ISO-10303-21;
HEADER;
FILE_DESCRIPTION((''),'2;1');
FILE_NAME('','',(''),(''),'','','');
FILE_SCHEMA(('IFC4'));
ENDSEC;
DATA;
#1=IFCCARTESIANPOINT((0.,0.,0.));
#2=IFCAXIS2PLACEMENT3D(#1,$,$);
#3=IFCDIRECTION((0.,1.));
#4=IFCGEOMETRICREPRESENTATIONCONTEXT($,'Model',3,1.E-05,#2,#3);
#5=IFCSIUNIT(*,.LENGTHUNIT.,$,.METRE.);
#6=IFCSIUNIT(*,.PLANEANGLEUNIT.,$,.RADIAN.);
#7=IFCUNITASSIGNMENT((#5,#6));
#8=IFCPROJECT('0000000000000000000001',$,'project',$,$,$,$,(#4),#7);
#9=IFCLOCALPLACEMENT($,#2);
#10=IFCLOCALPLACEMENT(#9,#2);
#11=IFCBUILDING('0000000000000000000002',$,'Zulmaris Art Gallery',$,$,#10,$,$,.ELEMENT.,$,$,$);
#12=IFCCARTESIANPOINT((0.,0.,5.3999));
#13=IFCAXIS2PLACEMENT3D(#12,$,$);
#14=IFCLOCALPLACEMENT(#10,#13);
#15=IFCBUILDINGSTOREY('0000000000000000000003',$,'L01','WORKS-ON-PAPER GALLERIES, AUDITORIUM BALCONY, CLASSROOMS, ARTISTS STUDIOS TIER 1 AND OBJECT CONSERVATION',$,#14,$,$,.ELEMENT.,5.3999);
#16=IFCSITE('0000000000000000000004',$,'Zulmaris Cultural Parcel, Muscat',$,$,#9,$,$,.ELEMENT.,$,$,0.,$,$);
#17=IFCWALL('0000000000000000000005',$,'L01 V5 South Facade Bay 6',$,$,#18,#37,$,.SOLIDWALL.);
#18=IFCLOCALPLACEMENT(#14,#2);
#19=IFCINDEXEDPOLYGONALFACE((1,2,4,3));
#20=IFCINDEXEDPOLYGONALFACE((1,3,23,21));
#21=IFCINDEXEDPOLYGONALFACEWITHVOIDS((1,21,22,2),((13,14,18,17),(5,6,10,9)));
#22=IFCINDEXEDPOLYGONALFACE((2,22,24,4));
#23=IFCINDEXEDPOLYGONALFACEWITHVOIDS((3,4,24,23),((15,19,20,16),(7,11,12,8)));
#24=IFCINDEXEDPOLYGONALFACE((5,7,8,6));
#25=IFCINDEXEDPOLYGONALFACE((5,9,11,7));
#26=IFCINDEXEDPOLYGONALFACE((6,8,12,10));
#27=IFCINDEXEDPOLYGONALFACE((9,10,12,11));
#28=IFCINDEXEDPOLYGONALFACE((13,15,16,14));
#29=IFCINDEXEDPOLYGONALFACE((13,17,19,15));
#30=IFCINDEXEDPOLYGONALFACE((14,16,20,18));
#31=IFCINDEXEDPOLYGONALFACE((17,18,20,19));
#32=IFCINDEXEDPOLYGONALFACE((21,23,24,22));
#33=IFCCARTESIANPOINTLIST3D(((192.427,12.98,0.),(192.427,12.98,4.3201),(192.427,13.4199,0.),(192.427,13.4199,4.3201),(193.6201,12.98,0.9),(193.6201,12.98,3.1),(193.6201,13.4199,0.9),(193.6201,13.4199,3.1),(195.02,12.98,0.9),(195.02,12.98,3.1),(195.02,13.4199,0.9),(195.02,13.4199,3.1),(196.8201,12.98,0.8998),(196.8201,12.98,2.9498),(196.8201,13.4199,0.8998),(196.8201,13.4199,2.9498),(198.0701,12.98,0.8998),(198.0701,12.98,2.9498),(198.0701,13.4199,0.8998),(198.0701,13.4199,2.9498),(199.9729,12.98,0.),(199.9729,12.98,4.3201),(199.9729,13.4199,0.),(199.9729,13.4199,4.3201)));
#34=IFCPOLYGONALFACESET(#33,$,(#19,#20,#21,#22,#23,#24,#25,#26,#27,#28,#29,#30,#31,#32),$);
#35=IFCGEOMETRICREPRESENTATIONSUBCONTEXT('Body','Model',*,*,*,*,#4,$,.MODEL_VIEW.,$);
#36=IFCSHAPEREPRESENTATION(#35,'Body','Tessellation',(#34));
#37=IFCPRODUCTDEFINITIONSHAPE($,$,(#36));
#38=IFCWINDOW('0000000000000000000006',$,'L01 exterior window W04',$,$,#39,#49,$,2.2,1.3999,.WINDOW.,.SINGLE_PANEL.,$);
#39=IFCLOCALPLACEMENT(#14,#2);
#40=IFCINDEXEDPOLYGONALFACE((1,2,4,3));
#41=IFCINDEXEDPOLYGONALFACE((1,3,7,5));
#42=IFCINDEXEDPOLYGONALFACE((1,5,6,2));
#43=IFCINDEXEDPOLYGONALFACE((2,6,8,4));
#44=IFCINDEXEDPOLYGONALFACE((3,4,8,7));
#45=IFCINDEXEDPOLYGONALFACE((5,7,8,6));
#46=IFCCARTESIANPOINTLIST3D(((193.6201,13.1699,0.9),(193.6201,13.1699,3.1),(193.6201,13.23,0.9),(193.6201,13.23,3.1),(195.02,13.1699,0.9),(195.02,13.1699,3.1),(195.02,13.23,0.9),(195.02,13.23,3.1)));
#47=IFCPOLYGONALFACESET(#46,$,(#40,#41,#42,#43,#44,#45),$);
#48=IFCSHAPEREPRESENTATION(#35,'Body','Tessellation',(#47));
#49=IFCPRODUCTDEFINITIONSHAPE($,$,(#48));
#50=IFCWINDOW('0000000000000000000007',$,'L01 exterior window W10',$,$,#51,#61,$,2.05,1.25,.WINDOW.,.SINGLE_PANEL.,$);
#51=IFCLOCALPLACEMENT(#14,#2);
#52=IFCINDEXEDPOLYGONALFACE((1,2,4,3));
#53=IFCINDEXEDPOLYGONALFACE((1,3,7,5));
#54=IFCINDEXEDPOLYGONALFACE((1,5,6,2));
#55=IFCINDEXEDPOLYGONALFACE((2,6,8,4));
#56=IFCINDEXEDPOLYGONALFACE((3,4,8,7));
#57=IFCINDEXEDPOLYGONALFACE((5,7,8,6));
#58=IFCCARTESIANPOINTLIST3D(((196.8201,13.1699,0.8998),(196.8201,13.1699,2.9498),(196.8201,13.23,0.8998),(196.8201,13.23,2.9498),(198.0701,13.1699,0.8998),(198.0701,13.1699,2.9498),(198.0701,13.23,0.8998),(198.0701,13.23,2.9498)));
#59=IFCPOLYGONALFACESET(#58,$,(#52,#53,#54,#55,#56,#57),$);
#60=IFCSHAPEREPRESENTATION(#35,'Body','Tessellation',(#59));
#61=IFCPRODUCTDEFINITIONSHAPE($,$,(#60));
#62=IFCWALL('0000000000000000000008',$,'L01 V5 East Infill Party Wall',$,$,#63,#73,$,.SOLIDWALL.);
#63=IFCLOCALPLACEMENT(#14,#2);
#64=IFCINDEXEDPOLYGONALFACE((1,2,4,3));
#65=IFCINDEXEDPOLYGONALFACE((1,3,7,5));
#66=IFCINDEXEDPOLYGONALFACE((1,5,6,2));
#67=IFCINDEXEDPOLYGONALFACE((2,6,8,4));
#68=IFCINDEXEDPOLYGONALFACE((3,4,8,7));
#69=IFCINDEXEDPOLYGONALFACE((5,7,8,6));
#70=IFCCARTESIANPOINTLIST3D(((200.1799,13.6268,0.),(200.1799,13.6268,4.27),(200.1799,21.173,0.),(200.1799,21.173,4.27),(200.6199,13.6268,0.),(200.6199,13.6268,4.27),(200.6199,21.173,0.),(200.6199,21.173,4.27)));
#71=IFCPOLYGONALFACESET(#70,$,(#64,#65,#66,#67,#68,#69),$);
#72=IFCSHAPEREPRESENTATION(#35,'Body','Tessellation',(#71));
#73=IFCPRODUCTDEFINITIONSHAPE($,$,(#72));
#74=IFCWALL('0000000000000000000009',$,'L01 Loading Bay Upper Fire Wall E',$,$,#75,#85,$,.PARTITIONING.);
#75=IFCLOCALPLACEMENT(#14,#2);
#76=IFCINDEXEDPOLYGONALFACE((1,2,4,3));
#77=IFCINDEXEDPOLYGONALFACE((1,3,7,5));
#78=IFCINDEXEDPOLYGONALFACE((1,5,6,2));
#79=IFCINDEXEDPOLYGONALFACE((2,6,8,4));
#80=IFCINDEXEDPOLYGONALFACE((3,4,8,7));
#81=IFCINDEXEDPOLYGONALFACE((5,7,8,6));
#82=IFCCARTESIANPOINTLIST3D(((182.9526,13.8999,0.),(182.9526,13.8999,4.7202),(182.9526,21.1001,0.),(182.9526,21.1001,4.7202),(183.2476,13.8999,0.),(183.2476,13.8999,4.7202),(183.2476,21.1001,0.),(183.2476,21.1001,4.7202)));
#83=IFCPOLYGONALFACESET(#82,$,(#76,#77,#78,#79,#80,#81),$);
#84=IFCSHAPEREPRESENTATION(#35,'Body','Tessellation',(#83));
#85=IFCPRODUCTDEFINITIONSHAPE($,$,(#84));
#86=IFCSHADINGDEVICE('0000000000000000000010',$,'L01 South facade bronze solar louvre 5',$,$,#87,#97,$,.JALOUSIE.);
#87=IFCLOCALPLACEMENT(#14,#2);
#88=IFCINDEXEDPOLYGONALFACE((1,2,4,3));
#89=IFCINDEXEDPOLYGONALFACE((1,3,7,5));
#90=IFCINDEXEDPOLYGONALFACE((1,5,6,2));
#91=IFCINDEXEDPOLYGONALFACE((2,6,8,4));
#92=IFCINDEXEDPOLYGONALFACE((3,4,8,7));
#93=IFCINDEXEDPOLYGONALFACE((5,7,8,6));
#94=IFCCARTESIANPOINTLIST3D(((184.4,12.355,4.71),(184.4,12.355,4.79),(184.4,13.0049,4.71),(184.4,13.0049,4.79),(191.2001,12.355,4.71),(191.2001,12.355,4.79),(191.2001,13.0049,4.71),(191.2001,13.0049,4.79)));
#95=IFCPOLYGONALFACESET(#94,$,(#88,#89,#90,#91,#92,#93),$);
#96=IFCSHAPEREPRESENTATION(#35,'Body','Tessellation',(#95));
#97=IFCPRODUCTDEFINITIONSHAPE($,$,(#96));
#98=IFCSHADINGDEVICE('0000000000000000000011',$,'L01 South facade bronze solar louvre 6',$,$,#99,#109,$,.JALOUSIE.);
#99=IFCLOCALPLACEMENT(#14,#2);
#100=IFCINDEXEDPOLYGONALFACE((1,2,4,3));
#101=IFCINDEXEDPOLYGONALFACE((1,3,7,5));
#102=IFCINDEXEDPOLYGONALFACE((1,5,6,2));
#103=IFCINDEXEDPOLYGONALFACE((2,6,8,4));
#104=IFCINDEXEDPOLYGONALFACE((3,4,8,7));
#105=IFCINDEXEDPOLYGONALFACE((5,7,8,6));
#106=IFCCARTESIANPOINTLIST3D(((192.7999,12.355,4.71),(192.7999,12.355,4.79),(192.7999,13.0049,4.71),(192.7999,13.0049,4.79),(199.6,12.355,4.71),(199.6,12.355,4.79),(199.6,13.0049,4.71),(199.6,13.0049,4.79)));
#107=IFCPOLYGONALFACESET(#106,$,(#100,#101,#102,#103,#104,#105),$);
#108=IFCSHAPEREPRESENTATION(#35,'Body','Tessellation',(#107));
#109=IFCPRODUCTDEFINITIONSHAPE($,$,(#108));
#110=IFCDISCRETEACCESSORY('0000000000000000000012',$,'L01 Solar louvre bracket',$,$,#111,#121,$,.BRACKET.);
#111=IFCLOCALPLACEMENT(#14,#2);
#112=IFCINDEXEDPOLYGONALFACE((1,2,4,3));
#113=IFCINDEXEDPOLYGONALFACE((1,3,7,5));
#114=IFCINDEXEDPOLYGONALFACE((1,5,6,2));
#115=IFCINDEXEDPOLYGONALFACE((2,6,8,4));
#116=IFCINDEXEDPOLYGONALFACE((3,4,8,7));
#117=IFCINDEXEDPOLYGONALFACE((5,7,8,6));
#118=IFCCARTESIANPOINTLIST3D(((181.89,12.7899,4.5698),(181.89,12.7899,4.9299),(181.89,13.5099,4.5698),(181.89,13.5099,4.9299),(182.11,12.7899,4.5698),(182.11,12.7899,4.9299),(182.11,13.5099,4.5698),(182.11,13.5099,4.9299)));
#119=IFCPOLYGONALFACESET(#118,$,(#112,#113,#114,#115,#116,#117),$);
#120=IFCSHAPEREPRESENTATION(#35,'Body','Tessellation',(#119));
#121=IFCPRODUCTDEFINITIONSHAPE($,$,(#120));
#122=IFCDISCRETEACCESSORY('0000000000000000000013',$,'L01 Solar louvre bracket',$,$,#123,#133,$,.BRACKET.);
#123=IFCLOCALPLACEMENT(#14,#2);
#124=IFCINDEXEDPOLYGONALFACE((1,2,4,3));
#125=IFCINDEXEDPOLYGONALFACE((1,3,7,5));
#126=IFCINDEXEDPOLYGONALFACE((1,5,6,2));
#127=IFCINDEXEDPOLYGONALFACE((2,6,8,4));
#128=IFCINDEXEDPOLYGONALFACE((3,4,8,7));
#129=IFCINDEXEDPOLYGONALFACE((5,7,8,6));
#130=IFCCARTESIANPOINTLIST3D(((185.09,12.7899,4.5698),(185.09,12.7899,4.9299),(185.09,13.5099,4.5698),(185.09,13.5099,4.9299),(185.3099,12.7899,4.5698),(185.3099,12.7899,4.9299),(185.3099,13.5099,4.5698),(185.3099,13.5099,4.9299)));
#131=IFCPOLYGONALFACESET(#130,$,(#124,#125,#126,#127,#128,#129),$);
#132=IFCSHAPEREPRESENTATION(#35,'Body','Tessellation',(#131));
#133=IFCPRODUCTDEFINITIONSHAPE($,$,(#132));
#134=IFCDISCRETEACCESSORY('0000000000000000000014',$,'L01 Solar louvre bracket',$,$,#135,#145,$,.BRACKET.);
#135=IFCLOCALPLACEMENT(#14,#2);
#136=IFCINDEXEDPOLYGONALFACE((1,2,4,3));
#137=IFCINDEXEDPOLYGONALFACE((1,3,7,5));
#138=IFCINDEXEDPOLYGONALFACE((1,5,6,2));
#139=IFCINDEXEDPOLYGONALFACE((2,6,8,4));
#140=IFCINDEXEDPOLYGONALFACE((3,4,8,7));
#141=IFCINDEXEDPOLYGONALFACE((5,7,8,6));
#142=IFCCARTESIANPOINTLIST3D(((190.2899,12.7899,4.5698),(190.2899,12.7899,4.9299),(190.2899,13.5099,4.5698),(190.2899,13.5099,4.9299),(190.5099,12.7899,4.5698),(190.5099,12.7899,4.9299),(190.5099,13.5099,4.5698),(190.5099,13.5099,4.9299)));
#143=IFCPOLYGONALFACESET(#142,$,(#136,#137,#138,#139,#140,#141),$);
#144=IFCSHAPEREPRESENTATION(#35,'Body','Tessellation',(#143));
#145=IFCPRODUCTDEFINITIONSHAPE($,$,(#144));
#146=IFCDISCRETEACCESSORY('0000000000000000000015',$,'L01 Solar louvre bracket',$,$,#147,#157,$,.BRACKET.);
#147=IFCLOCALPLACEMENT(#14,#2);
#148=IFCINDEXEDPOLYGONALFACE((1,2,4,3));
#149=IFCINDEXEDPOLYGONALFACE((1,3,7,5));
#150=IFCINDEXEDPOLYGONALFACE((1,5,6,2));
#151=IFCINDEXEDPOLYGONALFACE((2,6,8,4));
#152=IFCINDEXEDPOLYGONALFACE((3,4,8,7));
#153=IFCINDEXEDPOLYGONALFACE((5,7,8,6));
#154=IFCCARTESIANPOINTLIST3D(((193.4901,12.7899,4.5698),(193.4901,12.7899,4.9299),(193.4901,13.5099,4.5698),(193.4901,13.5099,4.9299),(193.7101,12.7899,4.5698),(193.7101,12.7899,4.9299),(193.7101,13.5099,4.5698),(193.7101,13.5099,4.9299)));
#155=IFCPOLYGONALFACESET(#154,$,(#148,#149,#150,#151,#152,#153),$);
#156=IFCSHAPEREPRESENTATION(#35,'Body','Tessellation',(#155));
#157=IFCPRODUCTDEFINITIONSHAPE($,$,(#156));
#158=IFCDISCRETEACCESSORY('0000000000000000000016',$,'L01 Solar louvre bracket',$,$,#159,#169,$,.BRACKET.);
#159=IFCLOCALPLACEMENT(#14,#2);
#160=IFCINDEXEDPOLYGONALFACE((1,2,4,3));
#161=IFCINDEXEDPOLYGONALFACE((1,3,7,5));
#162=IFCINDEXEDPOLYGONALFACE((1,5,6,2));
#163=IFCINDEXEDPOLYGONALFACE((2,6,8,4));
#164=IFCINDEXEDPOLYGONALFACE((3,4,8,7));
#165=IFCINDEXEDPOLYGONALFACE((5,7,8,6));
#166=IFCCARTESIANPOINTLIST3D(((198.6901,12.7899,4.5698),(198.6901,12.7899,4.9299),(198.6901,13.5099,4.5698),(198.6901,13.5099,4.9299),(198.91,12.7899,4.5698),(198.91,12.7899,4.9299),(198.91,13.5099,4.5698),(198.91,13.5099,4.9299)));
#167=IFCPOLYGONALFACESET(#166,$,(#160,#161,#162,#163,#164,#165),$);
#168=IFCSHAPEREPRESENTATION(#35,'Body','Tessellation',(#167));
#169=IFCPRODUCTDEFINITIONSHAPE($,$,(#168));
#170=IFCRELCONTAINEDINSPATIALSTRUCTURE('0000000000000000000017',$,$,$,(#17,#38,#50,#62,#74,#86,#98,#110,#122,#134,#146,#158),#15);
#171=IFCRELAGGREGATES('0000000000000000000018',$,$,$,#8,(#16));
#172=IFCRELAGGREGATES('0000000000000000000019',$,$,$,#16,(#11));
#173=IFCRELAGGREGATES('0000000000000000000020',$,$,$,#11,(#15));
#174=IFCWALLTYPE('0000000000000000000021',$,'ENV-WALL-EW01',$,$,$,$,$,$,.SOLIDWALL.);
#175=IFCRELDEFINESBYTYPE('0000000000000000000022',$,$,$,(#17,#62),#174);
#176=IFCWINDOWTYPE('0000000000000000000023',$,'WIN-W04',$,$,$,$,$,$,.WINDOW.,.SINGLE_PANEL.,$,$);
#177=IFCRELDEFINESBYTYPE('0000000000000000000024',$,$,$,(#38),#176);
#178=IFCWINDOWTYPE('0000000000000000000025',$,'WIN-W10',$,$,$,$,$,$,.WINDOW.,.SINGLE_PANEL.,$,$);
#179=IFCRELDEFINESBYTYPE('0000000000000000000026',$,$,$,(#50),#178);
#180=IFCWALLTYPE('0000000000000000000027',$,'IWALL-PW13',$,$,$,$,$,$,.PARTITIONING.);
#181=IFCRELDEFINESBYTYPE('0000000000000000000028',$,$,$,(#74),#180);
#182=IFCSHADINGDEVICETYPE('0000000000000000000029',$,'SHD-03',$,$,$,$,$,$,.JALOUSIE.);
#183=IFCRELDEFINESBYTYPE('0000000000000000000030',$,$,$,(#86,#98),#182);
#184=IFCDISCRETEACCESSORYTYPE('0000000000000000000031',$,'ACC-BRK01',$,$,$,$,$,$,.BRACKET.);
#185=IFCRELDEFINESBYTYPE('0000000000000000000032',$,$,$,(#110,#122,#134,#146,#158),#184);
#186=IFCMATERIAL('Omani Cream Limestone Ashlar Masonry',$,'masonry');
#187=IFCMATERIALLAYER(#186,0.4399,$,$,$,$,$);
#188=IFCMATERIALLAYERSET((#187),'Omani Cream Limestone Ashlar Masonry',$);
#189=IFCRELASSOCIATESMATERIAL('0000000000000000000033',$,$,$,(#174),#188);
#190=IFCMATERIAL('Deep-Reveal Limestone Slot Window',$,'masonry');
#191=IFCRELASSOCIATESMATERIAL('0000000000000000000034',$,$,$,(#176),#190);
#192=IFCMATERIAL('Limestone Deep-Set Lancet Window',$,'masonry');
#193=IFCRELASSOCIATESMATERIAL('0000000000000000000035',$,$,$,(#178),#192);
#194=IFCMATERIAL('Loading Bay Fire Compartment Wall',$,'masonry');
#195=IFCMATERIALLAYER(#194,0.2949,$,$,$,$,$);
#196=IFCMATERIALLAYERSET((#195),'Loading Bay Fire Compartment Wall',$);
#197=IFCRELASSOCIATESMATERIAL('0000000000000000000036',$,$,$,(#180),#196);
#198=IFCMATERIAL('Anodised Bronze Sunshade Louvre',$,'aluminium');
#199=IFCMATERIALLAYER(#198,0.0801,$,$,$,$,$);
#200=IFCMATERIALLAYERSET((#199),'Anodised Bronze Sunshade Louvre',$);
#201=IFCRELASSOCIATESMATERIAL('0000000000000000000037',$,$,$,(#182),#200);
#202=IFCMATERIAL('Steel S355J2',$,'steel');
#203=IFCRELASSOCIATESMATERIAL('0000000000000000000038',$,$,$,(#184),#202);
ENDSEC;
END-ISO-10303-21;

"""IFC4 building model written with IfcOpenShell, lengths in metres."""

from ifc_helpers import new_model, si_unit, direction, frame, frame_2d, origin, origin_2d, place, context, subcontext, project, spatial, rectangle, extrude, material, layer, layer_set, type_object, element, fill, save


model = new_model("IFC4")

# Units and contexts
model_context = context("Model", 3, precision=1e-05, world=origin(), true_north=direction((0.0, 1.0)))
body_context = subcontext(model_context, "Body", "Model", "MODEL_VIEW")
ifc_project = project(units=[si_unit("LENGTHUNIT", "METRE"), si_unit("PLANEANGLEUNIT", "RADIAN")], contexts=[model_context])

# Site, building, storey
site_placement = place(None, origin())
site = spatial("IfcSite", under=ifc_project, at=site_placement, Name="Zulmaris Cultural Parcel, Muscat", CompositionType="ELEMENT", RefElevation=0.0)
building_placement = place(site_placement, origin())
building = spatial("IfcBuilding", under=site, at=building_placement, Name="Zulmaris Art Gallery", CompositionType="ELEMENT")
storey_placement = place(building_placement, frame((0.0, 0.0, 5.3999)))
storey = spatial("IfcBuildingStorey", under=building, at=storey_placement, Name="L01", Description="WORKS-ON-PAPER GALLERIES, AUDITORIUM BALCONY, CLASSROOMS, ARTISTS STUDIOS TIER 1 AND OBJECT CONSERVATION", CompositionType="ELEMENT", Elevation=5.3999)

# Shared definitions
ifc_material_1 = material(Name="Steel S355J2", Category="steel")

# Wall, openings, windows
ifc_material_2 = material(Name="Omani Cream Limestone Ashlar Masonry", Category="masonry")
ifc_layer_1 = layer(ifc_material_2, 0.4399)
ifc_layer_set_1 = layer_set([ifc_layer_1], Name="Omani Cream Limestone Ashlar Masonry")
wall_type_1 = type_object("IfcWallType", Name="ENV-WALL-EW01", PredefinedType="SOLIDWALL", material=ifc_layer_set_1)
ifc_material_3 = material(Name="Deep-Reveal Limestone Slot Window", Category="masonry")
window_type_1 = type_object("IfcWindowType", Name="WIN-W04", PartitioningType="SINGLE_PANEL", PredefinedType="WINDOW", material=ifc_material_3)
ifc_material_4 = material(Name="Limestone Deep-Set Lancet Window", Category="masonry")
window_type_2 = type_object("IfcWindowType", Name="WIN-W10", PartitioningType="SINGLE_PANEL", PredefinedType="WINDOW", material=ifc_material_4)
wall_1_placement = place(storey_placement, frame((192.427, 13.2, 0.0), z_axis=(0.0, 0.0, 1.0), x_axis=(1.0, 0.0, 0.0)))
wall_1 = element("IfcWall", 1, at=wall_1_placement, inside=storey, type_object=wall_type_1, Name="L01 V5 South Facade Bay 6", PredefinedType="SOLIDWALL", context=body_context, shape_type="SweptSolid", body=[
    extrude(rectangle(XDim=7.5459, YDim=0.4399, at=frame_2d((3.7729, 0.0))), origin(), (0.0, 0.0, 1.0), 4.3201),
])
opening_1_placement = place(wall_1_placement, frame((1.1931, 0.0, 0.8999)))
opening_1 = element("IfcOpeningElement", 2, at=opening_1_placement, cuts=wall_1, PredefinedType="OPENING", context=body_context, shape_type="SweptSolid", body=[
    extrude(rectangle(XDim=1.3999, YDim=2.2, at=frame_2d((0.7, 1.1001))), frame((0.0, 0.23, 0.0), z_axis=(0.0, -1.0, 0.0), x_axis=(1.0, 0.0, 0.0)), (0.0, 0.0, 1.0), 0.46),
])
opening_2_placement = place(wall_1_placement, frame((4.3931, 0.0, 0.8999)))
opening_2 = element("IfcOpeningElement", 3, at=opening_2_placement, cuts=wall_1, PredefinedType="OPENING", context=body_context, shape_type="SweptSolid", body=[
    extrude(rectangle(XDim=1.25, YDim=2.05, at=frame_2d((0.625, 1.0249))), frame((0.0, 0.23, 0.0), z_axis=(0.0, -1.0, 0.0), x_axis=(1.0, 0.0, 0.0)), (0.0, 0.0, 1.0), 0.46),
])
window_1_placement = place(opening_1_placement, origin())
window_1 = element("IfcWindow", 4, at=window_1_placement, inside=storey, type_object=window_type_1, Name="L01 exterior window W04", OverallHeight=2.2, OverallWidth=1.3999, PartitioningType="SINGLE_PANEL", PredefinedType="WINDOW", context=body_context, shape_type="SweptSolid", body=[
    extrude(rectangle(XDim=1.3999, YDim=2.2, at=frame_2d((0.7, 1.1001))), frame((0.0, 0.03, 0.0), z_axis=(0.0, -1.0, 0.0), x_axis=(1.0, 0.0, 0.0)), (0.0, 0.0, 1.0), 0.0601),
])
fill(opening_1, window_1)
window_2_placement = place(opening_2_placement, origin())
window_2 = element("IfcWindow", 5, at=window_2_placement, inside=storey, type_object=window_type_2, Name="L01 exterior window W10", OverallHeight=2.05, OverallWidth=1.25, PartitioningType="SINGLE_PANEL", PredefinedType="WINDOW", context=body_context, shape_type="SweptSolid", body=[
    extrude(rectangle(XDim=1.25, YDim=2.05, at=frame_2d((0.625, 1.0249))), frame((0.0, 0.03, 0.0), z_axis=(0.0, -1.0, 0.0), x_axis=(1.0, 0.0, 0.0)), (0.0, 0.0, 1.0), 0.0601),
])
fill(opening_2, window_2)

# Walls
wall_2_placement = place(storey_placement, frame((200.3999, 13.627, 0.0), z_axis=(0.0, 0.0, 1.0), x_axis=(0.0, 1.0, 0.0)))
element("IfcWall", 6, at=wall_2_placement, inside=storey, type_object=wall_type_1, Name="L01 V5 East Infill Party Wall", PredefinedType="SOLIDWALL", context=body_context, shape_type="SweptSolid", body=[
    extrude(rectangle(XDim=7.5461, YDim=0.4399, at=frame_2d((3.7729, 0.0))), origin(), (0.0, 0.0, 1.0), 4.27),
])
ifc_material_5 = material(Name="Loading Bay Fire Compartment Wall", Category="masonry")
ifc_layer_2 = layer(ifc_material_5, 0.2949)
ifc_layer_set_2 = layer_set([ifc_layer_2], Name="Loading Bay Fire Compartment Wall")
wall_type_2 = type_object("IfcWallType", Name="IWALL-PW13", PredefinedType="PARTITIONING", material=ifc_layer_set_2)
wall_3_placement = place(storey_placement, frame((183.1001, 13.8999, 0.0), z_axis=(0.0, 0.0, 1.0), x_axis=(0.0, 1.0, 0.0)))
element("IfcWall", 7, at=wall_3_placement, inside=storey, type_object=wall_type_2, Name="L01 Loading Bay Upper Fire Wall E", PredefinedType="PARTITIONING", context=body_context, shape_type="SweptSolid", body=[
    extrude(rectangle(XDim=7.2002, YDim=0.2949, at=frame_2d((3.6001, 0.0))), origin(), (0.0, 0.0, 1.0), 4.7202),
])

# Shading devices
ifc_material_6 = material(Name="Anodised Bronze Sunshade Louvre", Category="aluminium")
ifc_layer_3 = layer(ifc_material_6, 0.0801)
ifc_layer_set_3 = layer_set([ifc_layer_3], Name="Anodised Bronze Sunshade Louvre")
shading_device_type = type_object("IfcShadingDeviceType", Name="SHD-03", PredefinedType="JALOUSIE", material=ifc_layer_set_3)
for number, where, z_axis, x_axis, name in (
    (8, (187.8, 12.6799, 4.71), (0.0, 0.0, 1.0), (1.0, 0.0, 0.0), "L01 South facade bronze solar louvre 5"),
    (9, (196.2, 12.6799, 4.71), (0.0, 0.0, 1.0), (1.0, 0.0, 0.0), "L01 South facade bronze solar louvre 6"),
):
    element("IfcShadingDevice", number, at=place(storey_placement, frame(where, z_axis=z_axis, x_axis=x_axis)), inside=storey, type_object=shading_device_type, Name=name, PredefinedType="JALOUSIE", context=body_context, shape_type="SweptSolid", body=[
        extrude(rectangle(XDim=6.8, YDim=0.6499, at=origin_2d()), origin(), (0.0, 0.0, 1.0), 0.0801),
    ])

# Discrete accessories
discrete_accessory_type = type_object("IfcDiscreteAccessoryType", Name="ACC-BRK01", PredefinedType="BRACKET", material=ifc_material_1)
for number, where, z_axis, x_axis, name in (
    (10, (182.0, 13.1499, 4.5698), (0.0, 0.0, 1.0), (1.0, 0.0, 0.0), "L01 Solar louvre bracket"),
    (11, (185.2, 13.1499, 4.5698), (0.0, 0.0, 1.0), (1.0, 0.0, 0.0), "L01 Solar louvre bracket"),
    (12, (190.3999, 13.1499, 4.5698), (0.0, 0.0, 1.0), (1.0, 0.0, 0.0), "L01 Solar louvre bracket"),
    (13, (193.6001, 13.1499, 4.5698), (0.0, 0.0, 1.0), (1.0, 0.0, 0.0), "L01 Solar louvre bracket"),
    (14, (198.8, 13.1499, 4.5698), (0.0, 0.0, 1.0), (1.0, 0.0, 0.0), "L01 Solar louvre bracket"),
):
    element("IfcDiscreteAccessory", number, at=place(storey_placement, frame(where, z_axis=z_axis, x_axis=x_axis)), inside=storey, type_object=discrete_accessory_type, Name=name, PredefinedType="BRACKET", context=body_context, shape_type="SweptSolid", body=[
        extrude(rectangle(XDim=0.22, YDim=0.72, at=origin_2d()), origin(), (0.0, 0.0, 1.0), 0.3601),
    ])

save(model, "model.ifc")
